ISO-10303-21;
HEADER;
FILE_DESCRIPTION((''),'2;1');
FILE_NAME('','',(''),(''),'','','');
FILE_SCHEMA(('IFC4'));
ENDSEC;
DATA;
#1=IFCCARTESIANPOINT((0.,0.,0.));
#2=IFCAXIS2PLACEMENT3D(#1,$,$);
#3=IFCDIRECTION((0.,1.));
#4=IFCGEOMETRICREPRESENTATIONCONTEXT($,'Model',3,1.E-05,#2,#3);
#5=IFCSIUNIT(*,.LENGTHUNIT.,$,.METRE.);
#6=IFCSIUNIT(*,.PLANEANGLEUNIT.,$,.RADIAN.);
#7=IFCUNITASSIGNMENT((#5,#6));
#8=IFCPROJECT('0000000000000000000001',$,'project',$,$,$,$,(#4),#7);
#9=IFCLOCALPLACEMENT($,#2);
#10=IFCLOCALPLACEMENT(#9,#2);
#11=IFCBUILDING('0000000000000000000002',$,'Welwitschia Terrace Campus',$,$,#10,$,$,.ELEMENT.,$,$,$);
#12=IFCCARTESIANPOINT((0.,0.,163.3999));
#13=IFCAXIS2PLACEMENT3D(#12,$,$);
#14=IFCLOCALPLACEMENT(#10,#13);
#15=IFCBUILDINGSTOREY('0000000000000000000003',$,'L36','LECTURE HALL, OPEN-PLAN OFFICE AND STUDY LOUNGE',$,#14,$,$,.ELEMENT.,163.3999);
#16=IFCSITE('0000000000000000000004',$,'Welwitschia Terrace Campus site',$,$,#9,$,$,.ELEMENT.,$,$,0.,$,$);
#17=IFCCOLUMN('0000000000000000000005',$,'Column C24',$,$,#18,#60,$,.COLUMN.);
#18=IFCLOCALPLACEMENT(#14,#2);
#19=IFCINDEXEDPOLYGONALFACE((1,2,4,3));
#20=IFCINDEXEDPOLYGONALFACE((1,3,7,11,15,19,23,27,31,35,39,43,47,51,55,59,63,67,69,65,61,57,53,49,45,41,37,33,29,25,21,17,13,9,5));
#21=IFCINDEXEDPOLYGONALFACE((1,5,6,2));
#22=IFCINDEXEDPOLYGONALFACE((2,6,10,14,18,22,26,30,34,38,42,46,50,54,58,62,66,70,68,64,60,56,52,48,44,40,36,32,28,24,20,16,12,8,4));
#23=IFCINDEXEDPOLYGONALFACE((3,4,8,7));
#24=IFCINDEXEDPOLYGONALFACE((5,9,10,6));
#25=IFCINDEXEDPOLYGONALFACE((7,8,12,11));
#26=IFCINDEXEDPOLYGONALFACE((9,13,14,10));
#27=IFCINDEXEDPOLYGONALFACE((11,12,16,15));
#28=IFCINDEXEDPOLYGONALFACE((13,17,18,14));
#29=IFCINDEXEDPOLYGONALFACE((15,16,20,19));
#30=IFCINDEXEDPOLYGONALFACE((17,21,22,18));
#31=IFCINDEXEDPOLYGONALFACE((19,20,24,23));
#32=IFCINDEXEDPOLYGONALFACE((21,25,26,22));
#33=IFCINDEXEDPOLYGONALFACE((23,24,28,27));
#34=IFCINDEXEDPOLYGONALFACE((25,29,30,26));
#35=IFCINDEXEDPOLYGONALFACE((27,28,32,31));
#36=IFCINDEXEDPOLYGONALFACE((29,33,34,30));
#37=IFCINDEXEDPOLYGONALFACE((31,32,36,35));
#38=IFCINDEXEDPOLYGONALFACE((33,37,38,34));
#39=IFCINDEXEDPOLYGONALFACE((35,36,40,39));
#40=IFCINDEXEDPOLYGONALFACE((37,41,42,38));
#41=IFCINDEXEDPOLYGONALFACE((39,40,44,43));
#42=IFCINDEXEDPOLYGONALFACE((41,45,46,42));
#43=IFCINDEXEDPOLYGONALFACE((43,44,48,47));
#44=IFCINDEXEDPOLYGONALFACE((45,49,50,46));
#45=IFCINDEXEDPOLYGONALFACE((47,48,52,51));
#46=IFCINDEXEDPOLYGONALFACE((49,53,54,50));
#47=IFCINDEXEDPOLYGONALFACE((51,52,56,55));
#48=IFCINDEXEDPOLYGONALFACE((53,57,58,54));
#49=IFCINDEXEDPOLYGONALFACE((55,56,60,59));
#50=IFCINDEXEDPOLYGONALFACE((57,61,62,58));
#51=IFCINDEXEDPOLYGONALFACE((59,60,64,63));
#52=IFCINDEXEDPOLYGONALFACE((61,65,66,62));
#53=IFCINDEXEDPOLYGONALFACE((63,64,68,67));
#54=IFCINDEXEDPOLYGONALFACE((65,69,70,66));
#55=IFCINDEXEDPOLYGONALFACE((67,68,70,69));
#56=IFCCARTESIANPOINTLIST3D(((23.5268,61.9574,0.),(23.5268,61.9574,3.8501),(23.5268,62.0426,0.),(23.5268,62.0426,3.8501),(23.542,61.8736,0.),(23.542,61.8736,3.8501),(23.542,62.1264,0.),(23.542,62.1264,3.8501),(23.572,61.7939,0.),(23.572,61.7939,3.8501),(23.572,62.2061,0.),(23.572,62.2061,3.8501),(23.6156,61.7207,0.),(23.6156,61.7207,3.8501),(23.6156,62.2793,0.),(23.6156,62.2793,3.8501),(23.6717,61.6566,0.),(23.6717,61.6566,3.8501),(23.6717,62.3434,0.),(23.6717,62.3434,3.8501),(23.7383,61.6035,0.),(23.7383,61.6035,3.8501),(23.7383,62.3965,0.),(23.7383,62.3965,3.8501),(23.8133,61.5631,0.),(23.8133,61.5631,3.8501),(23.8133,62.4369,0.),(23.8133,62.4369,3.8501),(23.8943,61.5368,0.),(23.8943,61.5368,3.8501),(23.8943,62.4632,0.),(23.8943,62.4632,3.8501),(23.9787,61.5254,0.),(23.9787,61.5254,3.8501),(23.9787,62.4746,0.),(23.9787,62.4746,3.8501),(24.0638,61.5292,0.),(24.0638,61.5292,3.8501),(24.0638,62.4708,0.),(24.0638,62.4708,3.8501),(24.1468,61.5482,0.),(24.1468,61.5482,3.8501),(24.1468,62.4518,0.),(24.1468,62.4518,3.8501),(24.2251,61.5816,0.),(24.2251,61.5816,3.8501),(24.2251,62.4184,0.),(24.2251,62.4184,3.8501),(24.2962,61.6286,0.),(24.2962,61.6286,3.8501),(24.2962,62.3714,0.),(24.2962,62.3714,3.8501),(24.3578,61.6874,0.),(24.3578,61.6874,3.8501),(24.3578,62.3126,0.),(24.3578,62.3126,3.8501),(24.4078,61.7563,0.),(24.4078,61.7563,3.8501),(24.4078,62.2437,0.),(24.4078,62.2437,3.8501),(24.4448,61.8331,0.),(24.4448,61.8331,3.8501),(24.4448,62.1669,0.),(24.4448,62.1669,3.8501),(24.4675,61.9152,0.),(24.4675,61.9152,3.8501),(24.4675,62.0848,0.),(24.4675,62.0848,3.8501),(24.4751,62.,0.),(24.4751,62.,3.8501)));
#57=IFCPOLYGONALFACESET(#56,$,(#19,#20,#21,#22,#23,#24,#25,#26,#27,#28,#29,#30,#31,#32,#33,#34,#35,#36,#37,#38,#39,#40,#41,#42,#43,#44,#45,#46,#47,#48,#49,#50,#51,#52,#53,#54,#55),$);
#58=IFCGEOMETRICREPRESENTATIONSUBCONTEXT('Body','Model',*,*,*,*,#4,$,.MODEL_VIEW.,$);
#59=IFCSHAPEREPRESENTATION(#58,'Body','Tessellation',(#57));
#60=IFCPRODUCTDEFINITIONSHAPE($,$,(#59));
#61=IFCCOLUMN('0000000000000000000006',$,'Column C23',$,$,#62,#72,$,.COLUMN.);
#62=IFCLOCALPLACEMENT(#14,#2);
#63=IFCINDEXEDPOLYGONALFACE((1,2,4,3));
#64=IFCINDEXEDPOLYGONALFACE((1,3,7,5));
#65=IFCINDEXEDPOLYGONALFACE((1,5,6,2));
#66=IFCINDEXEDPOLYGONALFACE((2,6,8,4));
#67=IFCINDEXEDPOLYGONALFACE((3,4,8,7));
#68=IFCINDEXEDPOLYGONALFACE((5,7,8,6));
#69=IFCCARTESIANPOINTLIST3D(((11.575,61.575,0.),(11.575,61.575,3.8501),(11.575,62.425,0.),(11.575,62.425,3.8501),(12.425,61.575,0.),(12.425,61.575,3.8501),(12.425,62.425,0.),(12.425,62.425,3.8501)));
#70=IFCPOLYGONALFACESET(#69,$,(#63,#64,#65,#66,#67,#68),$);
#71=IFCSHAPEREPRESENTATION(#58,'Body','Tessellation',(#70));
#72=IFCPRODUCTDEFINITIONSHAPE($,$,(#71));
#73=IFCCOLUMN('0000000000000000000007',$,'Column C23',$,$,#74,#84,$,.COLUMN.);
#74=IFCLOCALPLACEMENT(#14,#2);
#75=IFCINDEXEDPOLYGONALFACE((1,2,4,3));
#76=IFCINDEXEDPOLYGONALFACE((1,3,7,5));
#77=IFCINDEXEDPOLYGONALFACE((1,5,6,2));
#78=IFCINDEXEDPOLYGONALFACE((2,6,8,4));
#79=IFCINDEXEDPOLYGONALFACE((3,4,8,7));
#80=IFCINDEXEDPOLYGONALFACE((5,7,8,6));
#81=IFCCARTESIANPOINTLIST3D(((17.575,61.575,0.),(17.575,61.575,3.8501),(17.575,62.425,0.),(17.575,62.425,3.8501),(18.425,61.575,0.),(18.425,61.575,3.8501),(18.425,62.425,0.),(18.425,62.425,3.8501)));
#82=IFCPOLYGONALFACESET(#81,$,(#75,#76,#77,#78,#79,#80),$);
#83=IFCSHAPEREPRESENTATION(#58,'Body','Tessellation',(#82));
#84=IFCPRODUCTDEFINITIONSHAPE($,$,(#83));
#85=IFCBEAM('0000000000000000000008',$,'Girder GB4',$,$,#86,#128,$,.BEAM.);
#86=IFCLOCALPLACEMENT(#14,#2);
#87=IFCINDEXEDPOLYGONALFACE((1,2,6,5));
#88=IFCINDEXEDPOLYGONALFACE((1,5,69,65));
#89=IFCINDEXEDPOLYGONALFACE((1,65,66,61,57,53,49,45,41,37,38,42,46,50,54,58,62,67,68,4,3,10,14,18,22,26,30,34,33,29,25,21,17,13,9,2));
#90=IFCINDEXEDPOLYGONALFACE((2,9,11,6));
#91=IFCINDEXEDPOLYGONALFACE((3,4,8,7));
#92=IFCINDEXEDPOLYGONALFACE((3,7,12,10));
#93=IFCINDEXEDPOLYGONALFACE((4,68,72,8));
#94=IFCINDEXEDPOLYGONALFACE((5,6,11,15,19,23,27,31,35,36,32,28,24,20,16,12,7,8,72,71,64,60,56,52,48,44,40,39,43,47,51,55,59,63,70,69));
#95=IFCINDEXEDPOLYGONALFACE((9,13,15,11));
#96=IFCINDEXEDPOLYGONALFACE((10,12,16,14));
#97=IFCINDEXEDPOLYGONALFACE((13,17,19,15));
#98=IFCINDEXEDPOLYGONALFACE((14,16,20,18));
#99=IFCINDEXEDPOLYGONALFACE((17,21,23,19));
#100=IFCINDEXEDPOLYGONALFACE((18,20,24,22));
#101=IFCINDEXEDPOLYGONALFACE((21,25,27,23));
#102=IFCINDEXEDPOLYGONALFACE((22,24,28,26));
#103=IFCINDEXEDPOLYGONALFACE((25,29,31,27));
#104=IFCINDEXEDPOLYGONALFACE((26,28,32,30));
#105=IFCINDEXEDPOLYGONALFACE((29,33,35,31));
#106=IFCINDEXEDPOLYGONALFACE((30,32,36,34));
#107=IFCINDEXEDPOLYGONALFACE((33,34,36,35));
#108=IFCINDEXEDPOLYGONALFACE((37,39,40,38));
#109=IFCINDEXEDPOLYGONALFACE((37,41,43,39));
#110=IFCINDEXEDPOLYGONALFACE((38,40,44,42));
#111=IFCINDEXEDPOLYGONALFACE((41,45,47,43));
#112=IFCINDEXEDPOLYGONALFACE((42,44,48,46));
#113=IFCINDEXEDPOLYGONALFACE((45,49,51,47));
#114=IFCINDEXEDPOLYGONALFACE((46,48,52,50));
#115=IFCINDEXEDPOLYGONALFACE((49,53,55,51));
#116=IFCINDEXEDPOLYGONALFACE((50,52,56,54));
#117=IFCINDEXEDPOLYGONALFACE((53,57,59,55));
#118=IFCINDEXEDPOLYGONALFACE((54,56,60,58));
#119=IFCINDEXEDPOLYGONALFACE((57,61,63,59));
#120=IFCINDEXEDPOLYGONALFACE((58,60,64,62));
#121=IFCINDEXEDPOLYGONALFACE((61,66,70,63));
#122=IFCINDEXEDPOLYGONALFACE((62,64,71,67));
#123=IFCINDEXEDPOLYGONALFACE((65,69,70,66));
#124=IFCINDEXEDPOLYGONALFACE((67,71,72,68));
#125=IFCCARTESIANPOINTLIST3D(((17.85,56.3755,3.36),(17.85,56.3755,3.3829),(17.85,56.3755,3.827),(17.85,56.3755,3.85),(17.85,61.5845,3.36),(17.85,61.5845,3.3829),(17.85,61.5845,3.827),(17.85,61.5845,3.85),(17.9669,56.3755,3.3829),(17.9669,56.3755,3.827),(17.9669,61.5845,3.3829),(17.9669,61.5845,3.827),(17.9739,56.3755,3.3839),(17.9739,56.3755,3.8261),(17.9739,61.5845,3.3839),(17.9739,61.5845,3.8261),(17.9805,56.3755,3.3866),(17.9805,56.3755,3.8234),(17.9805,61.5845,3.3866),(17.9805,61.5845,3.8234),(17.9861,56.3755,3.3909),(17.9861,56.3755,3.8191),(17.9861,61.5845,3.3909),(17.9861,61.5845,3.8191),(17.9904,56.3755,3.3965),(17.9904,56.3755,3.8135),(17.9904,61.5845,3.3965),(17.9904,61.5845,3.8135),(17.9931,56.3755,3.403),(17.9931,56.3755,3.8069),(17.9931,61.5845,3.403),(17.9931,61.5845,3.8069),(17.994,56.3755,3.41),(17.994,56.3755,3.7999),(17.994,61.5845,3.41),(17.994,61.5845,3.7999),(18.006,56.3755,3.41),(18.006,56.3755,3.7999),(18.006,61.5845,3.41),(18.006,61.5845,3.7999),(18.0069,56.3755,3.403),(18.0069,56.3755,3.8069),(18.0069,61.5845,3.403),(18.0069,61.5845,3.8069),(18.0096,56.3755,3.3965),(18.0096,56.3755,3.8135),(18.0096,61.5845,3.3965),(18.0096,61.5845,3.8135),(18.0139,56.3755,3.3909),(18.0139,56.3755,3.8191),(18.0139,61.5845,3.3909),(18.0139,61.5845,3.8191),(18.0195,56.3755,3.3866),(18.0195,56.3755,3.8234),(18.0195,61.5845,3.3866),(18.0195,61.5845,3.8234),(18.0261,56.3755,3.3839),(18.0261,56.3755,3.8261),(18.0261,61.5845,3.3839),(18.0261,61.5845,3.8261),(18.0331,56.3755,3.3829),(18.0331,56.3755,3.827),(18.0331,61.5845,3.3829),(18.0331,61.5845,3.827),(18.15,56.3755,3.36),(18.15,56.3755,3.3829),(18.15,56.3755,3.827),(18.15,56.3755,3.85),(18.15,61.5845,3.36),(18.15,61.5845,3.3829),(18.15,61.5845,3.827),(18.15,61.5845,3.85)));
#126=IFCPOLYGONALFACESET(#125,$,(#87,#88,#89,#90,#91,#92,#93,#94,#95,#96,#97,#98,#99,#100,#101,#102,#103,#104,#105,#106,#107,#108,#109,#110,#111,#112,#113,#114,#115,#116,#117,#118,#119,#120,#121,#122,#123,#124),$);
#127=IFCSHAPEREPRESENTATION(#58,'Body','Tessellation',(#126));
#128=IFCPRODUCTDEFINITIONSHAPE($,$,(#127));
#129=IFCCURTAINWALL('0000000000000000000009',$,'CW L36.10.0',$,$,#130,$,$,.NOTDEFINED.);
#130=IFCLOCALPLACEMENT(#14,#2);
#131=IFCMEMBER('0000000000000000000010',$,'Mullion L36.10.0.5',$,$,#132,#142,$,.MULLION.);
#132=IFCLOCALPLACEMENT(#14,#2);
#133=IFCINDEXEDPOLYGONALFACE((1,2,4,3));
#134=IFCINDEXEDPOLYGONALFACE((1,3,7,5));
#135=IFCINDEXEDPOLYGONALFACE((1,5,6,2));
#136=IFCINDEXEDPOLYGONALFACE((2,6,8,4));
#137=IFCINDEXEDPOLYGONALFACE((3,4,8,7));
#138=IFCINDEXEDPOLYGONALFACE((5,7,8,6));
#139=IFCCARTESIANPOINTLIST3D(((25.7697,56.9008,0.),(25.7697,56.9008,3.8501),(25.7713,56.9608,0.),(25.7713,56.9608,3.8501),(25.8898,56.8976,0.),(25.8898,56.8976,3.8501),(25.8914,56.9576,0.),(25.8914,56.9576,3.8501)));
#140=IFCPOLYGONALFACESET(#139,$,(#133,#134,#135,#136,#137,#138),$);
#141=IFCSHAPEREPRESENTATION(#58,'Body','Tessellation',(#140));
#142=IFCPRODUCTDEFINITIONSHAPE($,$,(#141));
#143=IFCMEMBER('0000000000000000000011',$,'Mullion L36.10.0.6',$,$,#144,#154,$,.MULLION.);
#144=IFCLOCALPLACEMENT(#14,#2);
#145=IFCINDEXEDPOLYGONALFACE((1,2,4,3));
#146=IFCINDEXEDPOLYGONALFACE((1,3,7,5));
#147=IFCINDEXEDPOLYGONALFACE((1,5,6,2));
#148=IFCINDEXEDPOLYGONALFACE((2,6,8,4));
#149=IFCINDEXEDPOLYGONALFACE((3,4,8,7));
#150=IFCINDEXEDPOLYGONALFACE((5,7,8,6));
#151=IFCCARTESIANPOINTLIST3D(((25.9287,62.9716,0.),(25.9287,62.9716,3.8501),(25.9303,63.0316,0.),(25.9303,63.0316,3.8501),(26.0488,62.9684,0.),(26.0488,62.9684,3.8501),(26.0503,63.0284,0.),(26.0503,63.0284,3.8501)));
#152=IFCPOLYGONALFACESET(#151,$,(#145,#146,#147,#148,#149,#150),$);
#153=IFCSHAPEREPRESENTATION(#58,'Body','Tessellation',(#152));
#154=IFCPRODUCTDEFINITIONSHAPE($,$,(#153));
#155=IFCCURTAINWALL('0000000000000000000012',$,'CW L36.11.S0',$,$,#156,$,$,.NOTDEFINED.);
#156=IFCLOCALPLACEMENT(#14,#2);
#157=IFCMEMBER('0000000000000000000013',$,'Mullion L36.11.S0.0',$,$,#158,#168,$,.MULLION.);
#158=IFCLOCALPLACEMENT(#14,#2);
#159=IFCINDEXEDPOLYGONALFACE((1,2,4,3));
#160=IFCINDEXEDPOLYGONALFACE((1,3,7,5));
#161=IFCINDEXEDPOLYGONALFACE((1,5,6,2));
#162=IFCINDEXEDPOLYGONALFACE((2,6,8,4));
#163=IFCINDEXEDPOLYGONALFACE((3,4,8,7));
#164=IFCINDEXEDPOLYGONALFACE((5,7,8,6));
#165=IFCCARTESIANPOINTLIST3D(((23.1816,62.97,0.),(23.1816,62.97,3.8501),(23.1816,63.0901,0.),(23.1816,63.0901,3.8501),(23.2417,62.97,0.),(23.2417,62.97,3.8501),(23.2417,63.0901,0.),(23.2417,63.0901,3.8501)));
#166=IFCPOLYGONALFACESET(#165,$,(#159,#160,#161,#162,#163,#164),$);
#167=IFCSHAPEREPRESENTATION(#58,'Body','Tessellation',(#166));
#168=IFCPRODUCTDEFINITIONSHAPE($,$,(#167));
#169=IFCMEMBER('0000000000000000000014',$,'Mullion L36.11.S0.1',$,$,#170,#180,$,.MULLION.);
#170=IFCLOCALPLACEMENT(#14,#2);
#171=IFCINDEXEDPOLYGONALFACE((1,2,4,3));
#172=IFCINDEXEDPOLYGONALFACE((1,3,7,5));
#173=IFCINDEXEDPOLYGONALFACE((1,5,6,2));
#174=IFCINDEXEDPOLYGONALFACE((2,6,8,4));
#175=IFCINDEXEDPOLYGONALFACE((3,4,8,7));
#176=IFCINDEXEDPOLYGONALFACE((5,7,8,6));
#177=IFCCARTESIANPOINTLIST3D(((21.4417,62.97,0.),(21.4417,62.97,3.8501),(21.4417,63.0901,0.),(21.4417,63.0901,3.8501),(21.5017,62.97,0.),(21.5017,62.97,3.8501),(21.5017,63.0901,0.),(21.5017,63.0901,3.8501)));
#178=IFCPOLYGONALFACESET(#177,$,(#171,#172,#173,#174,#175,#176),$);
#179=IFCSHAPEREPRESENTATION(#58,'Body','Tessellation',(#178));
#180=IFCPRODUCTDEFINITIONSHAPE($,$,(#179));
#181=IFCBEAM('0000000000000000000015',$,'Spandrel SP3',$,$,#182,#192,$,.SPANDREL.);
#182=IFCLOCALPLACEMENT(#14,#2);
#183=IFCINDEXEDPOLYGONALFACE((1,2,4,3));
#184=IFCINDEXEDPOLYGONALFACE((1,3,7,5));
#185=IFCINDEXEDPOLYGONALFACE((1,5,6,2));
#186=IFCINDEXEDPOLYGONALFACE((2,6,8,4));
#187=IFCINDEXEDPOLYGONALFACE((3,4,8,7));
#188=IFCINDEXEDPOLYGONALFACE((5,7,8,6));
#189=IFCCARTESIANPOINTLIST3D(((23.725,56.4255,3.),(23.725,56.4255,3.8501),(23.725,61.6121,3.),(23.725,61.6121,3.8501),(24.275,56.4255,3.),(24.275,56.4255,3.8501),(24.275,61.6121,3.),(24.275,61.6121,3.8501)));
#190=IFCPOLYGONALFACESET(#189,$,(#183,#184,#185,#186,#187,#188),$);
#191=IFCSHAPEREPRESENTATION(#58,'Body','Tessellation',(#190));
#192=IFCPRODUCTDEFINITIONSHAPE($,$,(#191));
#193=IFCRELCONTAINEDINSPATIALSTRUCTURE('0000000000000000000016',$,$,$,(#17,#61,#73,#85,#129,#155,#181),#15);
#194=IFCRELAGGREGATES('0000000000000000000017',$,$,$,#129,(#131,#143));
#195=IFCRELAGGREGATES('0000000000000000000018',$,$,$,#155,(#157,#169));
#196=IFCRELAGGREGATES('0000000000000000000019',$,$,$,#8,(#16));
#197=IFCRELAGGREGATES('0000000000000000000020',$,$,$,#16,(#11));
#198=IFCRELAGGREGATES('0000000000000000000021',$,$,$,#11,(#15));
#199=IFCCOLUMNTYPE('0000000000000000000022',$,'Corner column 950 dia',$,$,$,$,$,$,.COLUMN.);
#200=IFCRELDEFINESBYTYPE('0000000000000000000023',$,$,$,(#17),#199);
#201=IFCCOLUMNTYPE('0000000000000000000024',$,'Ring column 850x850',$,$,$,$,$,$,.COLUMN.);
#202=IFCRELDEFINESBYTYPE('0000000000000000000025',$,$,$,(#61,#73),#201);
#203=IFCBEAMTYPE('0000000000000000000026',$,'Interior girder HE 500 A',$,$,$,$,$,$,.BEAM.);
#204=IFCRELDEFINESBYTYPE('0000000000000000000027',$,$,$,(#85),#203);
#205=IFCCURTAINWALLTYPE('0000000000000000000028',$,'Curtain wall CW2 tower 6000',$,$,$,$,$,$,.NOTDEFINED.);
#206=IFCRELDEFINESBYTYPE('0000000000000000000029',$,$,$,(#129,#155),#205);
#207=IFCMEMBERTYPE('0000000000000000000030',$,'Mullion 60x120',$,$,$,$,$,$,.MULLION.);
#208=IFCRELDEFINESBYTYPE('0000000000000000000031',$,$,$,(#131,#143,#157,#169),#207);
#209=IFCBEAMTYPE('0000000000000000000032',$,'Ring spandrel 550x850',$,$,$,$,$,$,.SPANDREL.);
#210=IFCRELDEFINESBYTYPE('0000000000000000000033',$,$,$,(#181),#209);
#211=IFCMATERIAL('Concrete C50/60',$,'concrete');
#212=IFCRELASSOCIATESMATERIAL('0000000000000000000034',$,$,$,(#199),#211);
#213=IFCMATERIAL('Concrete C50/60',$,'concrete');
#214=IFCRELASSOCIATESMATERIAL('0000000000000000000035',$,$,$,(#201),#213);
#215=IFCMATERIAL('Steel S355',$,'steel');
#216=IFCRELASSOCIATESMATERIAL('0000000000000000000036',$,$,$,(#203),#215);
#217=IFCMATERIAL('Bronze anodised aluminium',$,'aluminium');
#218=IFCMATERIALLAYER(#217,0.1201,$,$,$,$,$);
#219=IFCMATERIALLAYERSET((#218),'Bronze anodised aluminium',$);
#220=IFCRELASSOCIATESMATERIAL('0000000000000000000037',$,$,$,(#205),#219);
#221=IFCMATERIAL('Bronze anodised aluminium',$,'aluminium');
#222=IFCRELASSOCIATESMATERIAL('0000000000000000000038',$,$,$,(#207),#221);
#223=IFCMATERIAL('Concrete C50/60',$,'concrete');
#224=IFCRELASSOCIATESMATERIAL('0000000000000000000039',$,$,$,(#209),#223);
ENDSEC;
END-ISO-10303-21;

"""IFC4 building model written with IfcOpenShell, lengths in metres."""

from ifc_helpers import new_model, si_unit, direction, frame, origin, origin_2d, place, context, subcontext, project, spatial, rectangle, circle, i_section, extrude, material, layer, layer_set, material_profile, profile_set, type_object, element, aggregate, save


model = new_model("IFC4")

# Units and contexts
model_context = context("Model", 3, precision=1e-05, world=origin(), true_north=direction((0.0, 1.0)))
body_context = subcontext(model_context, "Body", "Model", "MODEL_VIEW")
ifc_project = project(units=[si_unit("LENGTHUNIT", "METRE"), si_unit("PLANEANGLEUNIT", "RADIAN")], contexts=[model_context])

# Site, building, storey
site_placement = place(None, origin())
site = spatial("IfcSite", under=ifc_project, at=site_placement, Name="Welwitschia Terrace Campus site", CompositionType="ELEMENT", RefElevation=0.0)
building_placement = place(site_placement, origin())
building = spatial("IfcBuilding", under=site, at=building_placement, Name="Welwitschia Terrace Campus", CompositionType="ELEMENT")
storey_placement = place(building_placement, frame((0.0, 0.0, 163.3999)))
storey = spatial("IfcBuildingStorey", under=building, at=storey_placement, Name="L36", Description="LECTURE HALL, OPEN-PLAN OFFICE AND STUDY LOUNGE", CompositionType="ELEMENT", Elevation=163.3999)

# Columns
ifc_material_1 = material(Name="Concrete C50/60", Category="concrete")
ifc_material_profile_1 = material_profile(ifc_material_1, circle(Radius=0.4751, at=origin_2d()))
ifc_profile_set_1 = profile_set([ifc_material_profile_1], Name="Concrete C50/60")
column_type_1 = type_object("IfcColumnType", Name="Corner column 950 dia", PredefinedType="COLUMN", material=ifc_profile_set_1)
column_placement = place(storey_placement, frame((24.0, 62.0, 0.0), z_axis=(0.0, 0.0, 1.0), x_axis=(1.0, 0.0, 0.0)))
element("IfcColumn", 1, at=column_placement, inside=storey, type_object=column_type_1, Name="Column C24", PredefinedType="COLUMN", context=body_context, shape_type="SweptSolid", body=[
    extrude(circle(Radius=0.4751, at=origin_2d()), origin(), (0.0, 0.0, 1.0), 3.8501),
])
ifc_material_2 = material(Name="Concrete C50/60", Category="concrete")
ifc_material_profile_2 = material_profile(ifc_material_2, rectangle(XDim=0.8501, YDim=0.8501, at=origin_2d()))
ifc_profile_set_2 = profile_set([ifc_material_profile_2], Name="Concrete C50/60")
column_type_2 = type_object("IfcColumnType", Name="Ring column 850x850", PredefinedType="COLUMN", material=ifc_profile_set_2)
for number, where, z_axis, x_axis, name in (
    (2, (12.0, 62.0, 0.0), (0.0, 0.0, 1.0), (1.0, 0.0, 0.0), "Column C23"),
    (3, (18.0, 62.0, 0.0), (0.0, 0.0, 1.0), (1.0, 0.0, 0.0), "Column C23"),
):
    element("IfcColumn", number, at=place(storey_placement, frame(where, z_axis=z_axis, x_axis=x_axis)), inside=storey, type_object=column_type_2, Name=name, PredefinedType="COLUMN", context=body_context, shape_type="SweptSolid", body=[
        extrude(rectangle(XDim=0.8501, YDim=0.8501, at=origin_2d()), origin(), (0.0, 0.0, 1.0), 3.8501),
    ])

# Beam
ifc_material_3 = material(Name="Steel S355", Category="steel")
ifc_material_profile_3 = material_profile(ifc_material_3, i_section(OverallWidth=0.3, OverallDepth=0.49, WebThickness=0.012, FlangeThickness=0.0229, FilletRadius=0.0271, at=origin_2d()))
ifc_profile_set_3 = profile_set([ifc_material_profile_3], Name="Steel S355")
beam_type_1 = type_object("IfcBeamType", Name="Interior girder HE 500 A", PredefinedType="BEAM", material=ifc_profile_set_3)
beam_placement = place(storey_placement, frame((18.0, 56.3755, 3.605), z_axis=(0.0, 1.0, 0.0), x_axis=(-1.0, 0.0, 0.0)))
element("IfcBeam", 4, at=beam_placement, inside=storey, type_object=beam_type_1, Name="Girder GB4", PredefinedType="BEAM", context=body_context, shape_type="SweptSolid", body=[
    extrude(i_section(OverallWidth=0.3, OverallDepth=0.49, WebThickness=0.012, FlangeThickness=0.0229, FilletRadius=0.0271, at=origin_2d()), origin(), (0.0, 0.0, 1.0), 5.209),
])

# Curtain walls, members
ifc_material_4 = material(Name="Bronze anodised aluminium", Category="aluminium")
ifc_layer_1 = layer(ifc_material_4, 0.1201)
ifc_layer_set_1 = layer_set([ifc_layer_1], Name="Bronze anodised aluminium")
curtain_wall_type = type_object("IfcCurtainWallType", Name="Curtain wall CW2 tower 6000", PredefinedType="NOTDEFINED", material=ifc_layer_set_1)
curtain_wall_1_placement = place(storey_placement, origin())
curtain_wall_1 = element("IfcCurtainWall", 5, at=curtain_wall_1_placement, inside=storey, type_object=curtain_wall_type, Name="CW L36.10.0", PredefinedType="NOTDEFINED")
ifc_material_5 = material(Name="Bronze anodised aluminium", Category="aluminium")
ifc_material_profile_4 = material_profile(ifc_material_5, rectangle(XDim=0.1201, YDim=0.0601, at=origin_2d()))
ifc_profile_set_4 = profile_set([ifc_material_profile_4], Name="Bronze anodised aluminium")
member_type_1 = type_object("IfcMemberType", Name="Mullion 60x120", PredefinedType="MULLION", material=ifc_profile_set_4)
member_1_placement = place(storey_placement, frame((25.8306, 56.9292, 0.0), z_axis=(0.0, 0.0, 1.0), x_axis=(-0.999657, 0.026177, 0.0)))
member_1 = element("IfcMember", 6, at=member_1_placement, type_object=member_type_1, Name="Mullion L36.10.0.5", PredefinedType="MULLION", context=body_context, shape_type="SweptSolid", body=[
    extrude(rectangle(XDim=0.1201, YDim=0.0601, at=origin_2d()), origin(), (0.0, 0.0, 1.0), 3.8501),
])
member_2_placement = place(storey_placement, frame((25.9895, 63.0, 0.0), z_axis=(0.0, 0.0, 1.0), x_axis=(-0.999657, 0.026177, 0.0)))
member_2 = element("IfcMember", 7, at=member_2_placement, type_object=member_type_1, Name="Mullion L36.10.0.6", PredefinedType="MULLION", context=body_context, shape_type="SweptSolid", body=[
    extrude(rectangle(XDim=0.1201, YDim=0.0601, at=origin_2d()), origin(), (0.0, 0.0, 1.0), 3.8501),
])
curtain_wall_2_placement = place(storey_placement, origin())
curtain_wall_2 = element("IfcCurtainWall", 8, at=curtain_wall_2_placement, inside=storey, type_object=curtain_wall_type, Name="CW L36.11.S0", PredefinedType="NOTDEFINED")
member_3_placement = place(storey_placement, frame((23.2117, 63.03, 0.0), z_axis=(0.0, 0.0, 1.0), x_axis=(0.0, -1.0, 0.0)))
member_3 = element("IfcMember", 9, at=member_3_placement, type_object=member_type_1, Name="Mullion L36.11.S0.0", PredefinedType="MULLION", context=body_context, shape_type="SweptSolid", body=[
    extrude(rectangle(XDim=0.1201, YDim=0.0601, at=origin_2d()), origin(), (0.0, 0.0, 1.0), 3.8501),
])
member_4_placement = place(storey_placement, frame((21.4717, 63.03, 0.0), z_axis=(0.0, 0.0, 1.0), x_axis=(0.0, -1.0, 0.0)))
member_4 = element("IfcMember", 10, at=member_4_placement, type_object=member_type_1, Name="Mullion L36.11.S0.1", PredefinedType="MULLION", context=body_context, shape_type="SweptSolid", body=[
    extrude(rectangle(XDim=0.1201, YDim=0.0601, at=origin_2d()), origin(), (0.0, 0.0, 1.0), 3.8501),
])

# Beam
ifc_material_6 = material(Name="Concrete C50/60", Category="concrete")
ifc_material_profile_5 = material_profile(ifc_material_6, rectangle(XDim=0.55, YDim=0.8501, at=origin_2d()))
ifc_profile_set_5 = profile_set([ifc_material_profile_5], Name="Concrete C50/60")
beam_type_2 = type_object("IfcBeamType", Name="Ring spandrel 550x850", PredefinedType="SPANDREL", material=ifc_profile_set_5)
for number, where, z_axis, x_axis, name in (
    (11, (24.0, 56.4255, 3.425), (0.0, 1.0, 0.0), (-1.0, 0.0, 0.0), "Spandrel SP3"),
):
    element("IfcBeam", number, at=place(storey_placement, frame(where, z_axis=z_axis, x_axis=x_axis)), inside=storey, type_object=beam_type_2, Name=name, PredefinedType="SPANDREL", context=body_context, shape_type="SweptSolid", body=[
        extrude(rectangle(XDim=0.55, YDim=0.8501, at=origin_2d()), origin(), (0.0, 0.0, 1.0), 5.1865),
    ])

aggregate(curtain_wall_1, [member_1, member_2])
aggregate(curtain_wall_2, [member_3, member_4])

save(model, "model.ifc")
